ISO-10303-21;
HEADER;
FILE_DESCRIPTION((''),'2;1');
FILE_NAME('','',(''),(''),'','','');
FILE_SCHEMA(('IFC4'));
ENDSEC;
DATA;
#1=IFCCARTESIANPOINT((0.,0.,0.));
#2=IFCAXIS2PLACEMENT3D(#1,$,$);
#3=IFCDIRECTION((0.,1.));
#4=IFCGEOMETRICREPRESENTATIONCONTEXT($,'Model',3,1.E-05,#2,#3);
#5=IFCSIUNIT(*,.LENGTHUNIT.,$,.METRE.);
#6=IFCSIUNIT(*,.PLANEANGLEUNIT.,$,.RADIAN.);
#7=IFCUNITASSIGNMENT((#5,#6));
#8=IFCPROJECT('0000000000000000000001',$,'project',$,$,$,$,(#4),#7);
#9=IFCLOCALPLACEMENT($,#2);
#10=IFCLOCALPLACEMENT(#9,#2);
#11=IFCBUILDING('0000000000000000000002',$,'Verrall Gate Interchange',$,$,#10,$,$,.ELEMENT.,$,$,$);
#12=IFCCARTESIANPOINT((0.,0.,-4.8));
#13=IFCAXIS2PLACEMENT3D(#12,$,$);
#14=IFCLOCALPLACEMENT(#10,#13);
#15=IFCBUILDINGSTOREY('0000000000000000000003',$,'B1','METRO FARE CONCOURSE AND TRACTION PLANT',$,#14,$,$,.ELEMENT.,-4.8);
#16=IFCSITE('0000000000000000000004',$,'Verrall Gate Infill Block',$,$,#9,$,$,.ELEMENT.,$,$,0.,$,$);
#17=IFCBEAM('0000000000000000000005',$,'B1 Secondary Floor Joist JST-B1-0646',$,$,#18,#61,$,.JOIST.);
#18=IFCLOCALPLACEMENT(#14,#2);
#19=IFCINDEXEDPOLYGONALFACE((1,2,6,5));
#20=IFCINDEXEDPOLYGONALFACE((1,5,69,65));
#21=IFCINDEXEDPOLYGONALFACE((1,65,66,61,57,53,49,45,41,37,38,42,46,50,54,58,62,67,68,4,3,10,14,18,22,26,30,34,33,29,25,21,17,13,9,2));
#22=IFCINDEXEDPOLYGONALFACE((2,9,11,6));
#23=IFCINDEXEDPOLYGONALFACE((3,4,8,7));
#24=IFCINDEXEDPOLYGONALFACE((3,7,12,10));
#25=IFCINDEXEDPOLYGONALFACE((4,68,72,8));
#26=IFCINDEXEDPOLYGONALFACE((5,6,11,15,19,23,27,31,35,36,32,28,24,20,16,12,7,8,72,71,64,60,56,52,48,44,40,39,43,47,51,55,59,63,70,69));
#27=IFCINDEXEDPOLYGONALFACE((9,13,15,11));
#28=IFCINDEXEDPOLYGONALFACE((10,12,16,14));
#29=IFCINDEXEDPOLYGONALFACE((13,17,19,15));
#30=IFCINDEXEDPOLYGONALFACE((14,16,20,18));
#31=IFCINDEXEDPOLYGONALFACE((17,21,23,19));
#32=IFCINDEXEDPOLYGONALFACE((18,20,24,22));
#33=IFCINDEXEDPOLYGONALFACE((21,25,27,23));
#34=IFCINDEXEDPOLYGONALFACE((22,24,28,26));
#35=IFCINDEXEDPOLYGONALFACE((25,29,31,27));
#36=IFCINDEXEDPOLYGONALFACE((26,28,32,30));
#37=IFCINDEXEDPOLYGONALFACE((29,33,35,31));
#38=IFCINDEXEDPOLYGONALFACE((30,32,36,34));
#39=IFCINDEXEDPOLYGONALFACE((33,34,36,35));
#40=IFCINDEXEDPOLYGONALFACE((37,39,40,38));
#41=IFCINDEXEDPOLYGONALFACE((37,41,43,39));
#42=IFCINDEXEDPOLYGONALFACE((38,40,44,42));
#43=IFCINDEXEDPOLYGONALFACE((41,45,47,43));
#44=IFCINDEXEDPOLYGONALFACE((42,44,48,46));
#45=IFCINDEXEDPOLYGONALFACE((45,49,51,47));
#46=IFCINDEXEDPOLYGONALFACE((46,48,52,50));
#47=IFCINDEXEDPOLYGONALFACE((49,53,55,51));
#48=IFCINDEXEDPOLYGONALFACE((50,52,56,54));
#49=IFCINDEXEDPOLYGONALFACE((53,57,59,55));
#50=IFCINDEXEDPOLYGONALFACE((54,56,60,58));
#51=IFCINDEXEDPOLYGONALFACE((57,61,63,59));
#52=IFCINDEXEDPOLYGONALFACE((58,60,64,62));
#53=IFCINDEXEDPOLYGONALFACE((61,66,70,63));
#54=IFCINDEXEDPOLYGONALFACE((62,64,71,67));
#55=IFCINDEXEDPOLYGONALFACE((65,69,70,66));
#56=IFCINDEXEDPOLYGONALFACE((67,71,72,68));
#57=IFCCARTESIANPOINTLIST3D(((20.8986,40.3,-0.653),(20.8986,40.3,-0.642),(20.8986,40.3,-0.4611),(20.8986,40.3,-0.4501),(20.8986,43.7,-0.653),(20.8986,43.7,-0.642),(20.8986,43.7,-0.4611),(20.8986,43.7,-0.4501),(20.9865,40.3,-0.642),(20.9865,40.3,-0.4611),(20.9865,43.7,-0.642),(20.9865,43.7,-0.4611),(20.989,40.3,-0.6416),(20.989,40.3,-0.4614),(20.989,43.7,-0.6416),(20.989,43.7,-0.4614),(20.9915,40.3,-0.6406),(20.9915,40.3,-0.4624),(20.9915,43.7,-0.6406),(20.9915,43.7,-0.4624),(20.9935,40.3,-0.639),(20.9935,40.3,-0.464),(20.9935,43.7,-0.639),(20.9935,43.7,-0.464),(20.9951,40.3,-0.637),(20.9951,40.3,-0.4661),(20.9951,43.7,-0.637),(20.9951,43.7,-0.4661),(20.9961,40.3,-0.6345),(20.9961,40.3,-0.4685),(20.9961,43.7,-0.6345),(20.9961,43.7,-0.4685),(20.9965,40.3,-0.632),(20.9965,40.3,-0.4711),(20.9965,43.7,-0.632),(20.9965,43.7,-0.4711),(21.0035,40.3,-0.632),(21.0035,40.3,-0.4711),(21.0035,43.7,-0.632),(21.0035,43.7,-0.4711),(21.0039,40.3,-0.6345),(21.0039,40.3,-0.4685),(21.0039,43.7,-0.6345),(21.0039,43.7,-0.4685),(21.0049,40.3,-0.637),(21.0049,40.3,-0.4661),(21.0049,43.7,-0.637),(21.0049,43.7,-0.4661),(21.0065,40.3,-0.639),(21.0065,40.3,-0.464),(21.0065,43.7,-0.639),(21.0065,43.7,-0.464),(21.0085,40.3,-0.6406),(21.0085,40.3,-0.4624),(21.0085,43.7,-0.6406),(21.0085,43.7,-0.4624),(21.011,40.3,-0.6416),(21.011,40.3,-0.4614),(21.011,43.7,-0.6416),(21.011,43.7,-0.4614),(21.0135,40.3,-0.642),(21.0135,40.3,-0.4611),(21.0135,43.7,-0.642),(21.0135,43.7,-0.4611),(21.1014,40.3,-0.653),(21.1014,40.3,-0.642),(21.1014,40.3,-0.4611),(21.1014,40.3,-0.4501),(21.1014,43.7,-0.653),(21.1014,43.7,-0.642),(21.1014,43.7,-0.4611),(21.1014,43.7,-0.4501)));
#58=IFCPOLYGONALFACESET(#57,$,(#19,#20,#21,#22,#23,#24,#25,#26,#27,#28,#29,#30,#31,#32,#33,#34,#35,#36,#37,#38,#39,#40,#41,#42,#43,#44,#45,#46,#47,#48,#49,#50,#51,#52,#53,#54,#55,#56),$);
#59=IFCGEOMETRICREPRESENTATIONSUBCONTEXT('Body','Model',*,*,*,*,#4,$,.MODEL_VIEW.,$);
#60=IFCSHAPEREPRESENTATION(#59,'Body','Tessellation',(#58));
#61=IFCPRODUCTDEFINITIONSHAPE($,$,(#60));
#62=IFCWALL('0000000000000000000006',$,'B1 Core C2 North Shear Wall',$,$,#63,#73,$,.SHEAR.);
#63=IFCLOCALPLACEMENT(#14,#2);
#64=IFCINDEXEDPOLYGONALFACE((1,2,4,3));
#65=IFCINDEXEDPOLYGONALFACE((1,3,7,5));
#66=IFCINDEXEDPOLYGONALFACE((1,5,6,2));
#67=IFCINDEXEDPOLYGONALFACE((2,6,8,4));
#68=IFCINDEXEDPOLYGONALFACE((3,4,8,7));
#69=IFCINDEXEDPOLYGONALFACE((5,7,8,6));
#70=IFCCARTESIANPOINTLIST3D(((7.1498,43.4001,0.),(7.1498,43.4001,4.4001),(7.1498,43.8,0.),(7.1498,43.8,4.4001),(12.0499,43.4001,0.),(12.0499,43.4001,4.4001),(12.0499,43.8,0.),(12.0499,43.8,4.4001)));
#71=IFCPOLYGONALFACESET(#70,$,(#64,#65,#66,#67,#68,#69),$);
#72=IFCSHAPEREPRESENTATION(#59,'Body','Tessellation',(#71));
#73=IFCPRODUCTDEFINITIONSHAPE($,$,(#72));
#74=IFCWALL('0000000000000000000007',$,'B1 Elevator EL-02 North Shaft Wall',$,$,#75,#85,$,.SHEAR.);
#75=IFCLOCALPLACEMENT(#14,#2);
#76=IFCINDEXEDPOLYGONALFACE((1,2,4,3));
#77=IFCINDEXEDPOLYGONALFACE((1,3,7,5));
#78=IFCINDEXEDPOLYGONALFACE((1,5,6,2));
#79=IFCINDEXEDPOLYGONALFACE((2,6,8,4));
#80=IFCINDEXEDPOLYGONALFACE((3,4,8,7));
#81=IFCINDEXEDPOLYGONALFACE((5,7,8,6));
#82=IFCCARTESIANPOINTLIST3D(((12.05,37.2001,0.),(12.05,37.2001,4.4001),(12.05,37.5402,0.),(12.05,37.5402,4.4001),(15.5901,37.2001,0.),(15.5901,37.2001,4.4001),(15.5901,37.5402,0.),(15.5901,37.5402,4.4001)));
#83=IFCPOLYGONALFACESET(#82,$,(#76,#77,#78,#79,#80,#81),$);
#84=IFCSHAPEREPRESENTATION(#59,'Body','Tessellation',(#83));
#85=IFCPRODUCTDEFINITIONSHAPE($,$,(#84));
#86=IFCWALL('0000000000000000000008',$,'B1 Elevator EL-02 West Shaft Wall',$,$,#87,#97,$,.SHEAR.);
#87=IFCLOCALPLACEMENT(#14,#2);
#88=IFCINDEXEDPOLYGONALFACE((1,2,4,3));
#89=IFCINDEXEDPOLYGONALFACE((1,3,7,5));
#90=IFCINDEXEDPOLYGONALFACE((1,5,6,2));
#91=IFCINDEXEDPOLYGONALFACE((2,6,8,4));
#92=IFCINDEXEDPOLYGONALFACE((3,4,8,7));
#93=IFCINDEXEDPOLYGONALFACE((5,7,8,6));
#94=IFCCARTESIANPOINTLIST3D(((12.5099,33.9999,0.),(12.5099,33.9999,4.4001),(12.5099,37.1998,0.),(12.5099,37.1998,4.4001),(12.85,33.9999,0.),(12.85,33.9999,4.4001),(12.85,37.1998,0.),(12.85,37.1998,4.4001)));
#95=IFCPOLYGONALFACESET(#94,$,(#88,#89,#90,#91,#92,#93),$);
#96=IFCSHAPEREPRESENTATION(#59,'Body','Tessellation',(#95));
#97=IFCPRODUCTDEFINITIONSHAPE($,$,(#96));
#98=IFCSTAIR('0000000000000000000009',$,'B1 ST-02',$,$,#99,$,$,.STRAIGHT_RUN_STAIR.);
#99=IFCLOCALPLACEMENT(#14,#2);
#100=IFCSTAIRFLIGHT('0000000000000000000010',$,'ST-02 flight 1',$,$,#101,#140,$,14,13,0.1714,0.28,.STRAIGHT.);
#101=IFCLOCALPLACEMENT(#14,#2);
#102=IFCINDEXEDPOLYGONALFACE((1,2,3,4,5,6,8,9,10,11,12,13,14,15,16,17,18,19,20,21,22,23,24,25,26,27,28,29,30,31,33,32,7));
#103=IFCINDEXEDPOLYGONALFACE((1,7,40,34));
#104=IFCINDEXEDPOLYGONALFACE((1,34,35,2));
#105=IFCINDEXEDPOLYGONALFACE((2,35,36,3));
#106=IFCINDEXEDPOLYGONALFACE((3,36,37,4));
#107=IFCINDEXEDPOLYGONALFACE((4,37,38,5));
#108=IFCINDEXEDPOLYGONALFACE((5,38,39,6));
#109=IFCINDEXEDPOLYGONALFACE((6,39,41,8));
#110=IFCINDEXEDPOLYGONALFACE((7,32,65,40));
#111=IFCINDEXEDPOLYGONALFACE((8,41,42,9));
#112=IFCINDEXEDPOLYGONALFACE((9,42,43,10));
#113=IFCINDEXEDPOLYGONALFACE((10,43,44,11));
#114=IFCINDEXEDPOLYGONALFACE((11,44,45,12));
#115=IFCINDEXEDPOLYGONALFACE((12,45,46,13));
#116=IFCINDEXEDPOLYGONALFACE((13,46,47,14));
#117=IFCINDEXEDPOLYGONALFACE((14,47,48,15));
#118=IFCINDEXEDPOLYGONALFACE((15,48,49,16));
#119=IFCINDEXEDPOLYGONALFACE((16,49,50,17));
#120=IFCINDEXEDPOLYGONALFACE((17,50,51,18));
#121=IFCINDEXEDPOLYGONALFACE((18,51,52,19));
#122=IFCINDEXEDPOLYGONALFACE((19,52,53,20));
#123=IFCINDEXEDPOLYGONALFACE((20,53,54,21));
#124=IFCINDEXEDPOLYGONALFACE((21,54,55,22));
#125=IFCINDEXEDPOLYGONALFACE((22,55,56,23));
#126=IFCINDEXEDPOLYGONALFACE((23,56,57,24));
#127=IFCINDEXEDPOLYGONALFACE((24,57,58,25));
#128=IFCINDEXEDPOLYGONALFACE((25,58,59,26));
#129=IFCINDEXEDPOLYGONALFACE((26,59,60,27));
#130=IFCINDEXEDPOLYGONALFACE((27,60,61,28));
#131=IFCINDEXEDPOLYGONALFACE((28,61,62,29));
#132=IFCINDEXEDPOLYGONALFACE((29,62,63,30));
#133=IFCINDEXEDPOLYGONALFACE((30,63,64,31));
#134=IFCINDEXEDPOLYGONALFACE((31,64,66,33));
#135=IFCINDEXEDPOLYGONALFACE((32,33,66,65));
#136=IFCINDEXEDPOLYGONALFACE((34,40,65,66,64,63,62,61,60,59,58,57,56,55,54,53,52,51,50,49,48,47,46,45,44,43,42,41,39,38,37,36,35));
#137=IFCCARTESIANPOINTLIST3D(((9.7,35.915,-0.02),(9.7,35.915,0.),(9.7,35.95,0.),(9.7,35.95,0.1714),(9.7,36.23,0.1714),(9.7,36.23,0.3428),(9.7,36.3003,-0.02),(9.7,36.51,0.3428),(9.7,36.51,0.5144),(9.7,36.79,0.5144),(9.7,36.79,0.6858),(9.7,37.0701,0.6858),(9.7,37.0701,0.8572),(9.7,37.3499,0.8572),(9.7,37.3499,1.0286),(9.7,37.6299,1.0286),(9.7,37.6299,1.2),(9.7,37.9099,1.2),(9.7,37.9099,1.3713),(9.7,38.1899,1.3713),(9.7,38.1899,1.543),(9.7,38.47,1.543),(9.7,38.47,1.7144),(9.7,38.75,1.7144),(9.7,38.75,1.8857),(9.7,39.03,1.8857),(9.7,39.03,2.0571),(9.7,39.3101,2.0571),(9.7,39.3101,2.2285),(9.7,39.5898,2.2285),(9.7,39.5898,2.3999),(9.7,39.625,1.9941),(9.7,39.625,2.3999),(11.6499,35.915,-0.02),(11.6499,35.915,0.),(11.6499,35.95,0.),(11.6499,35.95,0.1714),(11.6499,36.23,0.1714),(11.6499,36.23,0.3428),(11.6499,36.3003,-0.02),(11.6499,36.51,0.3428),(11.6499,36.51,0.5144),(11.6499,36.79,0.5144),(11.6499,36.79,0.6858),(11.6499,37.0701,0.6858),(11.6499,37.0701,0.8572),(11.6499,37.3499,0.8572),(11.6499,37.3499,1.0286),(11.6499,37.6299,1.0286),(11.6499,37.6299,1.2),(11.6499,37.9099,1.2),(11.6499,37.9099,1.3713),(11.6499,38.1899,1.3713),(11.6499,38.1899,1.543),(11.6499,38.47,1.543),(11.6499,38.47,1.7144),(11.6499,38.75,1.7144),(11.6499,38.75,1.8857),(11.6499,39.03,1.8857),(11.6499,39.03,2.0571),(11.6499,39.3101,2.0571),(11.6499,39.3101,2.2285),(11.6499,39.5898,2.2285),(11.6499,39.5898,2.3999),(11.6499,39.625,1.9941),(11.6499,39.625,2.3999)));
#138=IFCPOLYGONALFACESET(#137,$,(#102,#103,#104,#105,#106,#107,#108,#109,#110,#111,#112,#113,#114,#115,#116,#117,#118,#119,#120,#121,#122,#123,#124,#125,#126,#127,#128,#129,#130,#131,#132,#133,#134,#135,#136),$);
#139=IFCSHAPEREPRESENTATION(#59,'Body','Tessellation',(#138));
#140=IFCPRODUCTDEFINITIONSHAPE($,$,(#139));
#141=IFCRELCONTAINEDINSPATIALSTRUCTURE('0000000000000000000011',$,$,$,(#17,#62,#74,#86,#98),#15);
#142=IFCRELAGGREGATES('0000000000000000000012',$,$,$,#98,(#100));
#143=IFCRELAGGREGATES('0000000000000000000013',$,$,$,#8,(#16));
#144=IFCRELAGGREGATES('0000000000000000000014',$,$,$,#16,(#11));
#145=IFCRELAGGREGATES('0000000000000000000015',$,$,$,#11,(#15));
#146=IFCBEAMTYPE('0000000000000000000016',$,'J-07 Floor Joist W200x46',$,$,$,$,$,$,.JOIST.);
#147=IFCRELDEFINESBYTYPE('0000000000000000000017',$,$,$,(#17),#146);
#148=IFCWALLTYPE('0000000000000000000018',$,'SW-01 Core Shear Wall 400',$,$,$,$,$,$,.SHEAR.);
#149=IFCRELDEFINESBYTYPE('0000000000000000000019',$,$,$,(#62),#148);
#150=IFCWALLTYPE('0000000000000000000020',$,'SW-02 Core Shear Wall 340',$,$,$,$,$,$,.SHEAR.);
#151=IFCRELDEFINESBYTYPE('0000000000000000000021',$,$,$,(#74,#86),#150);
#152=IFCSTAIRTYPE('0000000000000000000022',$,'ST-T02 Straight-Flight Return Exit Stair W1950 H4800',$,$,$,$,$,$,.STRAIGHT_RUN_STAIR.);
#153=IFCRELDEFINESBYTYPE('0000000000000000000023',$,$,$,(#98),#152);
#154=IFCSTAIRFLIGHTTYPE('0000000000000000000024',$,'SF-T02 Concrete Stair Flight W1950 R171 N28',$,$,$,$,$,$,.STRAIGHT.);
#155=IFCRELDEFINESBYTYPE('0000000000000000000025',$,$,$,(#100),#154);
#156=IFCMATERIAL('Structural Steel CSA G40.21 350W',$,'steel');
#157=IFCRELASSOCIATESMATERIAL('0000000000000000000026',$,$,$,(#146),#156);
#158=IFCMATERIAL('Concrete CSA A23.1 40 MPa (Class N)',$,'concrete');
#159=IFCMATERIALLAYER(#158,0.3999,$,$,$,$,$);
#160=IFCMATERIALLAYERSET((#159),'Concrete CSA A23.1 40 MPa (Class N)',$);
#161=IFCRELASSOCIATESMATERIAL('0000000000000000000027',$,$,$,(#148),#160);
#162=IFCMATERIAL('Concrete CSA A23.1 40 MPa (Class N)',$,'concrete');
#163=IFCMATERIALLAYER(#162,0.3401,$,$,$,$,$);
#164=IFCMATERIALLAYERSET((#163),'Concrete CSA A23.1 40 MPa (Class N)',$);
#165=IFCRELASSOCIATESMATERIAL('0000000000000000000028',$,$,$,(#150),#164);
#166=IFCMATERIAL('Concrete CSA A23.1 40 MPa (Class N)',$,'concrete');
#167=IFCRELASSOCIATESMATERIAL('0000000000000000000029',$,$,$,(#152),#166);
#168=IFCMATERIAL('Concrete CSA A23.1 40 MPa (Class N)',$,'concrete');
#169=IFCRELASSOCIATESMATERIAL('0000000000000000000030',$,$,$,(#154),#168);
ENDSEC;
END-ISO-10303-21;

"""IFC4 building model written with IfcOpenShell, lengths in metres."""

from ifc_helpers import new_model, si_unit, direction, frame, frame_2d, origin, origin_2d, place, context, subcontext, project, spatial, polyline, rectangle, i_section, outline, extrude, material, layer, layer_set, material_profile, profile_set, type_object, element, aggregate, save


model = new_model("IFC4")

# Units and contexts
model_context = context("Model", 3, precision=1e-05, world=origin(), true_north=direction((0.0, 1.0)))
body_context = subcontext(model_context, "Body", "Model", "MODEL_VIEW")
ifc_project = project(units=[si_unit("LENGTHUNIT", "METRE"), si_unit("PLANEANGLEUNIT", "RADIAN")], contexts=[model_context])

# Site, building, storey
site_placement = place(None, origin())
site = spatial("IfcSite", under=ifc_project, at=site_placement, Name="Verrall Gate Infill Block", CompositionType="ELEMENT", RefElevation=0.0)
building_placement = place(site_placement, origin())
building = spatial("IfcBuilding", under=site, at=building_placement, Name="Verrall Gate Interchange", CompositionType="ELEMENT")
storey_placement = place(building_placement, frame((0.0, 0.0, -4.8)))
storey = spatial("IfcBuildingStorey", under=building, at=storey_placement, Name="B1", Description="METRO FARE CONCOURSE AND TRACTION PLANT", CompositionType="ELEMENT", Elevation=-4.8)

# Beam
ifc_material_1 = material(Name="Structural Steel CSA G40.21 350W", Category="steel")
ifc_material_profile_1 = material_profile(ifc_material_1, i_section(OverallWidth=0.2029, OverallDepth=0.2029, WebThickness=0.0071, FlangeThickness=0.011, FilletRadius=0.01, at=origin_2d()), Name="W200x46")
ifc_profile_set_1 = profile_set([ifc_material_profile_1], Name="Structural Steel CSA G40.21 350W")
beam_type_1 = type_object("IfcBeamType", Name="J-07 Floor Joist W200x46", PredefinedType="JOIST", material=ifc_profile_set_1)
beam_1_placement = place(storey_placement, frame((21.0, 40.3, -0.5515), z_axis=(0.0, 1.0, 0.0), x_axis=(-1.0, 0.0, 0.0)))
element("IfcBeam", 1, at=beam_1_placement, inside=storey, type_object=beam_type_1, Name="B1 Secondary Floor Joist JST-B1-0646", PredefinedType="JOIST", context=body_context, shape_type="SweptSolid", body=[
    extrude(i_section(OverallWidth=0.2029, OverallDepth=0.2029, WebThickness=0.0071, FlangeThickness=0.011, FilletRadius=0.01, at=origin_2d()), origin(), (0.0, 0.0, 1.0), 3.3999),
])

# Walls
ifc_material_2 = material(Name="Concrete CSA A23.1 40 MPa (Class N)", Category="concrete")
ifc_layer_1 = layer(ifc_material_2, 0.3999)
ifc_layer_set_1 = layer_set([ifc_layer_1], Name="Concrete CSA A23.1 40 MPa (Class N)")
wall_type_1 = type_object("IfcWallType", Name="SW-01 Core Shear Wall 400", PredefinedType="SHEAR", material=ifc_layer_set_1)
wall_1_placement = place(storey_placement, frame((12.05, 43.6001, 0.0), z_axis=(0.0, 0.0, 1.0), x_axis=(-1.0, 0.0, 0.0)))
element("IfcWall", 2, at=wall_1_placement, inside=storey, type_object=wall_type_1, Name="B1 Core C2 North Shear Wall", PredefinedType="SHEAR", context=body_context, shape_type="SweptSolid", body=[
    extrude(rectangle(XDim=4.9001, YDim=0.3999, at=frame_2d((2.4502, 0.0))), origin(), (0.0, 0.0, 1.0), 4.4001),
])
ifc_material_3 = material(Name="Concrete CSA A23.1 40 MPa (Class N)", Category="concrete")
ifc_layer_2 = layer(ifc_material_3, 0.3401)
ifc_layer_set_2 = layer_set([ifc_layer_2], Name="Concrete CSA A23.1 40 MPa (Class N)")
wall_type_2 = type_object("IfcWallType", Name="SW-02 Core Shear Wall 340", PredefinedType="SHEAR", material=ifc_layer_set_2)
wall_2_placement = place(storey_placement, frame((15.5901, 37.3701, 0.0), z_axis=(0.0, 0.0, 1.0), x_axis=(-1.0, 0.0, 0.0)))
element("IfcWall", 3, at=wall_2_placement, inside=storey, type_object=wall_type_2, Name="B1 Elevator EL-02 North Shaft Wall", PredefinedType="SHEAR", context=body_context, shape_type="SweptSolid", body=[
    extrude(rectangle(XDim=3.54, YDim=0.3401, at=frame_2d((1.77, 0.0))), origin(), (0.0, 0.0, 1.0), 4.4001),
])
wall_3_placement = place(storey_placement, frame((12.6799, 37.2, 0.0), z_axis=(0.0, 0.0, 1.0), x_axis=(0.0, -1.0, 0.0)))
element("IfcWall", 4, at=wall_3_placement, inside=storey, type_object=wall_type_2, Name="B1 Elevator EL-02 West Shaft Wall", PredefinedType="SHEAR", context=body_context, shape_type="SweptSolid", body=[
    extrude(rectangle(XDim=3.2, YDim=0.3401, at=frame_2d((1.6001, 0.0))), origin(), (0.0, 0.0, 1.0), 4.4001),
])

# Stair, stair flight
ifc_material_4 = material(Name="Concrete CSA A23.1 40 MPa (Class N)", Category="concrete")
stair_type = type_object("IfcStairType", Name="ST-T02 Straight-Flight Return Exit Stair W1950 H4800", PredefinedType="STRAIGHT_RUN_STAIR", material=ifc_material_4)
stair_placement = place(storey_placement, origin())
stair = element("IfcStair", 5, at=stair_placement, inside=storey, type_object=stair_type, Name="B1 ST-02", PredefinedType="STRAIGHT_RUN_STAIR")
ifc_material_5 = material(Name="Concrete CSA A23.1 40 MPa (Class N)", Category="concrete")
stair_flight_type = type_object("IfcStairFlightType", Name="SF-T02 Concrete Stair Flight W1950 R171 N28", PredefinedType="STRAIGHT", material=ifc_material_5)
stair_flight_placement = place(storey_placement, frame((10.675, 35.95, 0.0), z_axis=(0.0, 0.0, 1.0), x_axis=(0.0, 1.0, 0.0)))
stair_flight = element("IfcStairFlight", 6, at=stair_flight_placement, type_object=stair_flight_type, Name="ST-02 flight 1", NumberOfRisers=14, NumberOfTreads=13, PredefinedType="STRAIGHT", RiserHeight=0.1714, TreadLength=0.28, context=body_context, shape_type="SweptSolid", body=[
    extrude(outline(polyline([(-0.0349, -0.02), (-0.0349, 0.0), (0.0, 0.0), (0.0, 0.1714), (0.28, 0.1714), (0.28, 0.3428), (0.5601, 0.3428), (0.5601, 0.5144), (0.8401, 0.5144), (0.8401, 0.6858), (1.1201, 0.6858), (1.1201, 0.8572), (1.3999, 0.8572), (1.3999, 1.0286), (1.6799, 1.0286), (1.6799, 1.2), (1.96, 1.2), (1.96, 1.3713), (2.24, 1.3713), (2.24, 1.543), (2.52, 1.543), (2.52, 1.7144), (2.8, 1.7144), (2.8, 1.8857), (3.0801, 1.8857), (3.0801, 2.0571), (3.3601, 2.0571), (3.3601, 2.2285), (3.6399, 2.2285), (3.6399, 2.3999), (3.675, 2.3999), (3.675, 1.9941), (0.3503, -0.02), (-0.0349, -0.02)])), frame((0.0, 0.9751, 0.0), z_axis=(0.0, -1.0, 0.0), x_axis=(1.0, 0.0, 0.0)), (0.0, 0.0, 1.0), 1.95),
])
aggregate(stair, [stair_flight])

save(model, "model.ifc")
